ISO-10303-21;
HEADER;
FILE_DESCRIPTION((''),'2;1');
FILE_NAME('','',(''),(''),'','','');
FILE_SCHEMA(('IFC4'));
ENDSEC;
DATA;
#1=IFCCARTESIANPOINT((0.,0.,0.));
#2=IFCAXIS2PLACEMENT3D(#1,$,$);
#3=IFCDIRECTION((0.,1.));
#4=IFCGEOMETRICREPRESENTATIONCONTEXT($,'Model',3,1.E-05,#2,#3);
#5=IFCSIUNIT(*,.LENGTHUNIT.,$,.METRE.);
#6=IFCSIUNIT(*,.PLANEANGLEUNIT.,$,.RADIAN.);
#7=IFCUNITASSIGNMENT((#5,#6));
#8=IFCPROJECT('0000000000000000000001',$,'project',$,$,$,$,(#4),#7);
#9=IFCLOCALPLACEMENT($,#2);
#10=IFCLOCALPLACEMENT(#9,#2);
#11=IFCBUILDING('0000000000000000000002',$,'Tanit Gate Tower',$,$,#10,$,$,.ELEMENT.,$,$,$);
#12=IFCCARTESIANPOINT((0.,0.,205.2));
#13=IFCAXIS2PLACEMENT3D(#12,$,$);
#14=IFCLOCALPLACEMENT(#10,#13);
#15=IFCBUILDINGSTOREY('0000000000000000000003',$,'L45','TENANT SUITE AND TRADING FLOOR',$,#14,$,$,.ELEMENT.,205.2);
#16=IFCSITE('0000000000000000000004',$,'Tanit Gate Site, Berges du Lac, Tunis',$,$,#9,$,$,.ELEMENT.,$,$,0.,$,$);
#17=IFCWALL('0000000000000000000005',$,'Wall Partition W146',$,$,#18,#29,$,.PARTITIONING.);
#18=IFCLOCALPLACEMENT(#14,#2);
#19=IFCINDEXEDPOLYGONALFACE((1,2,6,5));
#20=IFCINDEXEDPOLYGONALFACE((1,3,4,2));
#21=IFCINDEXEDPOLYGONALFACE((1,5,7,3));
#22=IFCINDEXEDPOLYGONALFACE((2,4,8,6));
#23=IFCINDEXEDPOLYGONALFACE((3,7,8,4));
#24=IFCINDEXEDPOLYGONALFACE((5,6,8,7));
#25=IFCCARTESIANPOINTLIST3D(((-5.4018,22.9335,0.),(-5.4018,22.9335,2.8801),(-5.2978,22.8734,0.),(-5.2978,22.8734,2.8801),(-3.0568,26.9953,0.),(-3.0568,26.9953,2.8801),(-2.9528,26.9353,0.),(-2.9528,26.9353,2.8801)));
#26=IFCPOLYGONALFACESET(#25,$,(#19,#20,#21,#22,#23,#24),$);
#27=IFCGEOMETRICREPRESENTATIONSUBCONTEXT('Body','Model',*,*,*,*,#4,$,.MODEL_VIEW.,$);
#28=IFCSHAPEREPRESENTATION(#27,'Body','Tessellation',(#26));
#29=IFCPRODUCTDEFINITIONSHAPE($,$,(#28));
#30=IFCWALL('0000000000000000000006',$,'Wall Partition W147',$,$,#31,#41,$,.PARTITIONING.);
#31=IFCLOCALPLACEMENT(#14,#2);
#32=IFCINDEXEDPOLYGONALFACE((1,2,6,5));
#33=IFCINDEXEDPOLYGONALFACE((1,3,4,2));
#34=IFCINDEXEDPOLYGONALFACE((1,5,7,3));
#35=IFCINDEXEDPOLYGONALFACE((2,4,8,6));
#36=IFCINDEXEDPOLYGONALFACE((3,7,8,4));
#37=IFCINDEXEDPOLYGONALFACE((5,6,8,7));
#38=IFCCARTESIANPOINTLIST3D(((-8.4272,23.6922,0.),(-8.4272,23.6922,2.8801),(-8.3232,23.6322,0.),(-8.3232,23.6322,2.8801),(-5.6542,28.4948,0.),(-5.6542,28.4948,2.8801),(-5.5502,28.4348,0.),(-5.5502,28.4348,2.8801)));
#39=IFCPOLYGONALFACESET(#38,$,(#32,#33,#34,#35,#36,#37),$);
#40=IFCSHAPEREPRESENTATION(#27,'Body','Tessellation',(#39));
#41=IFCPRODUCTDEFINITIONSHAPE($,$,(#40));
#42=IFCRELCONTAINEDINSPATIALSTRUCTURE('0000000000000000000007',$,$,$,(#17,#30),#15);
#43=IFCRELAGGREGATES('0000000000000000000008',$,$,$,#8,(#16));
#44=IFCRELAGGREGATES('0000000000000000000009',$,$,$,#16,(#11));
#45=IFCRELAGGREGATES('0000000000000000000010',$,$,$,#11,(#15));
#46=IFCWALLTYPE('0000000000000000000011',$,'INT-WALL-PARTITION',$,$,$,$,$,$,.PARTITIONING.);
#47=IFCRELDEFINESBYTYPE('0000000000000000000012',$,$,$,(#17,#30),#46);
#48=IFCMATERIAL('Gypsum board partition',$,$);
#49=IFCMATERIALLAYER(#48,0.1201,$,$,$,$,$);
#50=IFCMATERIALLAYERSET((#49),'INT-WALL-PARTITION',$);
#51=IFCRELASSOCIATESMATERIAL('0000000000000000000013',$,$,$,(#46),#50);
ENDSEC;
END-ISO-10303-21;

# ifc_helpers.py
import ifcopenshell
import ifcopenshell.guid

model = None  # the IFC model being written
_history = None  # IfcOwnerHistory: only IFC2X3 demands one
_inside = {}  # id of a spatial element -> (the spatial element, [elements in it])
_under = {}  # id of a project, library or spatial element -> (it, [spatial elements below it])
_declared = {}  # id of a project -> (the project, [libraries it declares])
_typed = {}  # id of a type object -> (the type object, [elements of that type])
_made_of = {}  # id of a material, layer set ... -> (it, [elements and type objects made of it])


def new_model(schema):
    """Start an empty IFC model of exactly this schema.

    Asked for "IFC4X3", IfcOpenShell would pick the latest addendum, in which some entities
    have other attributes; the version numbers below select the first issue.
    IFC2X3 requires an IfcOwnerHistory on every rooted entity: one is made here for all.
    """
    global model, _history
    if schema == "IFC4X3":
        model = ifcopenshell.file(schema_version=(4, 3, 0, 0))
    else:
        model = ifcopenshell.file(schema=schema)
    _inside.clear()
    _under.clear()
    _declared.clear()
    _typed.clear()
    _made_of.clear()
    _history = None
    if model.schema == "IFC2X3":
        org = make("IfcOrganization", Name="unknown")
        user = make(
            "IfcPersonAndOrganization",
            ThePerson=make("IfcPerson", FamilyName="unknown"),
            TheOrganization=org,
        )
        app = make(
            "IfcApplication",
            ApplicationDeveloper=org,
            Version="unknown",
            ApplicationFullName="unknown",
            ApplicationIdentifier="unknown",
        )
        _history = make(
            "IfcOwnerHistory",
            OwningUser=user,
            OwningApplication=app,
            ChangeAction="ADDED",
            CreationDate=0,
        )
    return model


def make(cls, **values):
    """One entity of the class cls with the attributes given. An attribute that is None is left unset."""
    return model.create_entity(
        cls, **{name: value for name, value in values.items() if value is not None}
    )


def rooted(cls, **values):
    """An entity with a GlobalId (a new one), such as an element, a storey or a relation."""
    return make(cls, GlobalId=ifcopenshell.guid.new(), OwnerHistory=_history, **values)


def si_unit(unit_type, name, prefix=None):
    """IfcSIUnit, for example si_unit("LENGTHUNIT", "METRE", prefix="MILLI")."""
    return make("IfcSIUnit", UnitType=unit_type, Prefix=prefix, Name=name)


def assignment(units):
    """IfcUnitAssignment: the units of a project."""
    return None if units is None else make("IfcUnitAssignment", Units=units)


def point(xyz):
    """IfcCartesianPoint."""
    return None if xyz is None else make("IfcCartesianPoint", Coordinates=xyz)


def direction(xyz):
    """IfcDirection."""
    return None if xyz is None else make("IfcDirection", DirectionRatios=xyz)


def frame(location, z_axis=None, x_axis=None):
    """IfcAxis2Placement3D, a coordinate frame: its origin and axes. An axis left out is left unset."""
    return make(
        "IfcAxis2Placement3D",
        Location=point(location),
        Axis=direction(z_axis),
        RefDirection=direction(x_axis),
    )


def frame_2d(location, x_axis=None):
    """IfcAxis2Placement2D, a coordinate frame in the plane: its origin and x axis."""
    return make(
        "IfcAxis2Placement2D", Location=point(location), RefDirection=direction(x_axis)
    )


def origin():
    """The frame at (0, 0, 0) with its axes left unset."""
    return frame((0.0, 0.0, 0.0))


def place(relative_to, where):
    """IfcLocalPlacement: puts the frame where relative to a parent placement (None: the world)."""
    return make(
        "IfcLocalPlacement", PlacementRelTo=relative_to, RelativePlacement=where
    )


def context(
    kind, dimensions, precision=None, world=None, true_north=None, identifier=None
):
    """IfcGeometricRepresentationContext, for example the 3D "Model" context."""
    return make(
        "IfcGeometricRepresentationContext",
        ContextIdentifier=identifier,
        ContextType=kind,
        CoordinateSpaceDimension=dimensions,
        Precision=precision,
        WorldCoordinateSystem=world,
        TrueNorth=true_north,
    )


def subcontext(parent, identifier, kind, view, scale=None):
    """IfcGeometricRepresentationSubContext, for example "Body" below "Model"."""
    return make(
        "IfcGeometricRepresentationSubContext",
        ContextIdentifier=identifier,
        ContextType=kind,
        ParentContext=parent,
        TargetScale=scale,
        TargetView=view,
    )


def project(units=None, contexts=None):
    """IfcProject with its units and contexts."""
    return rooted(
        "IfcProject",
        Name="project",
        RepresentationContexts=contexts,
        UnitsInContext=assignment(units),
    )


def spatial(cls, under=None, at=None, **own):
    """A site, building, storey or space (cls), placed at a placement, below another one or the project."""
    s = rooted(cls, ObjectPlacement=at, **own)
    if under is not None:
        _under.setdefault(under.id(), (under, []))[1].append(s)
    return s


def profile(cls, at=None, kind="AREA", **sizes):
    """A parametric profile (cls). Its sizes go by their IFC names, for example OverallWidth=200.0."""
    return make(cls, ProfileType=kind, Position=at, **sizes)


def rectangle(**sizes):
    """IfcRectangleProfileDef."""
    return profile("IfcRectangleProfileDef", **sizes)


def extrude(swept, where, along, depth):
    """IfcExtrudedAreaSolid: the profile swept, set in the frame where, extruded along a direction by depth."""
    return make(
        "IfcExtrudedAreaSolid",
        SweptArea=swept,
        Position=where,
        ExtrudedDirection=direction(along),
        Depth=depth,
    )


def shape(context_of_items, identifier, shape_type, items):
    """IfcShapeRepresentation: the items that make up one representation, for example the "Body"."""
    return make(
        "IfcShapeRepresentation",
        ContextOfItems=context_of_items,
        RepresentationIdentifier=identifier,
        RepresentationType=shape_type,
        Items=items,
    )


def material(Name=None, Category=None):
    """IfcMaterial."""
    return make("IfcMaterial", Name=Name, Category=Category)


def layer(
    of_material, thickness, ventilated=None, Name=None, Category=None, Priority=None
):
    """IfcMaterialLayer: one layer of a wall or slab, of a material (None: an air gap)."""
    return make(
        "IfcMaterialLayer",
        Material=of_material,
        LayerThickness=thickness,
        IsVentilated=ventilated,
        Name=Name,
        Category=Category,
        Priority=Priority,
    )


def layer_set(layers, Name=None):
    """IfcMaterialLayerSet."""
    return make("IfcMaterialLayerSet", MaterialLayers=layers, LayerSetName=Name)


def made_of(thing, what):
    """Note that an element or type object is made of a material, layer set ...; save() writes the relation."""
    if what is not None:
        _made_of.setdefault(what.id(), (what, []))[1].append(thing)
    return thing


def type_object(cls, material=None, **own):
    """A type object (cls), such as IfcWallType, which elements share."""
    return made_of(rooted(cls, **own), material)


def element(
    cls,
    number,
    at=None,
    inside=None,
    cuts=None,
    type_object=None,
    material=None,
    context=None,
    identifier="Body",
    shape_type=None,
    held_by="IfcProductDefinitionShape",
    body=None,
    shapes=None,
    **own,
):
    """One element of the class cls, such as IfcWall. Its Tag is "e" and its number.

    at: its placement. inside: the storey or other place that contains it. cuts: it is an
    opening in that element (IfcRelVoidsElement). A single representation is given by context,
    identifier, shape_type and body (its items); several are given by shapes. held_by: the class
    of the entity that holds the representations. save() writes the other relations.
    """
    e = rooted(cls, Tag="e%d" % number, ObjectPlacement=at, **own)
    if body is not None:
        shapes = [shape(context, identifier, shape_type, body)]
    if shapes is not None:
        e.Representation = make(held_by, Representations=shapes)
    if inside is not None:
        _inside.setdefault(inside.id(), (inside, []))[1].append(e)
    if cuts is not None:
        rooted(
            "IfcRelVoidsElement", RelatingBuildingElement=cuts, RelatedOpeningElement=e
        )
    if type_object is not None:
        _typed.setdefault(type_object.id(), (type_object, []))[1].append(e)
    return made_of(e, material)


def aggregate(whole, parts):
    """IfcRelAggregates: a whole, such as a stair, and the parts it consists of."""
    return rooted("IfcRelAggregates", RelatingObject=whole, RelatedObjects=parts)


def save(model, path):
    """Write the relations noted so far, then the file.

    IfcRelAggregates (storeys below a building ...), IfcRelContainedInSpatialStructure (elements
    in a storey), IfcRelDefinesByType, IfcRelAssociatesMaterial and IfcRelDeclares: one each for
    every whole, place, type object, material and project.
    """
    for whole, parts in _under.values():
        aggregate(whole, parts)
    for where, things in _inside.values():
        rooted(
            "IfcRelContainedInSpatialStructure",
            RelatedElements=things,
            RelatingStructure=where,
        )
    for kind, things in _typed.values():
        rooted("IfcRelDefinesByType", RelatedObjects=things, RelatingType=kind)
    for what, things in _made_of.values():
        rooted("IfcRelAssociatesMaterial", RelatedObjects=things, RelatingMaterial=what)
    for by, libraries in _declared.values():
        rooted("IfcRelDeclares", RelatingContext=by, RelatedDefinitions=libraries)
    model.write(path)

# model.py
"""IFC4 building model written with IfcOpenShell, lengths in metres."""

from ifc_helpers import new_model, si_unit, direction, frame, frame_2d, origin, place, context, subcontext, project, spatial, rectangle, extrude, material, layer, layer_set, type_object, element, save


model = new_model("IFC4")

# Units and contexts
model_context = context("Model", 3, precision=1e-05, world=origin(), true_north=direction((0.0, 1.0)))
body_context = subcontext(model_context, "Body", "Model", "MODEL_VIEW")
ifc_project = project(units=[si_unit("LENGTHUNIT", "METRE"), si_unit("PLANEANGLEUNIT", "RADIAN")], contexts=[model_context])

# Site, building, storey
site_placement = place(None, origin())
site = spatial("IfcSite", under=ifc_project, at=site_placement, Name="Tanit Gate Site, Berges du Lac, Tunis", CompositionType="ELEMENT", RefElevation=0.0)
building_placement = place(site_placement, origin())
building = spatial("IfcBuilding", under=site, at=building_placement, Name="Tanit Gate Tower", CompositionType="ELEMENT")
storey_placement = place(building_placement, frame((0.0, 0.0, 205.2)))
storey = spatial("IfcBuildingStorey", under=building, at=storey_placement, Name="L45", Description="TENANT SUITE AND TRADING FLOOR", CompositionType="ELEMENT", Elevation=205.2)

# Shared definitions
ifc_material_1 = material(Name="Gypsum board partition")
ifc_layer_1 = layer(ifc_material_1, 0.1201)
ifc_layer_set_1 = layer_set([ifc_layer_1], Name="INT-WALL-PARTITION")
wall_type_1 = type_object("IfcWallType", Name="INT-WALL-PARTITION", PredefinedType="PARTITIONING", material=ifc_layer_set_1)

# Walls
wall_1_placement = place(storey_placement, frame((-5.3499, 22.9033, 0.0), z_axis=(0.0, 0.0, 1.0), x_axis=(0.499985, 0.866034, 0.0)))
element("IfcWall", 1, at=wall_1_placement, inside=storey, type_object=wall_type_1, Name="Wall Partition W146", PredefinedType="PARTITIONING", context=body_context, shape_type="SweptSolid", body=[
    extrude(rectangle(XDim=4.6902, YDim=0.1201, at=frame_2d((2.3452, 0.0))), origin(), (0.0, 0.0, 1.0), 2.8801),
])
wall_2_placement = place(storey_placement, frame((-8.3752, 23.6621, 0.0), z_axis=(0.0, 0.0, 1.0), x_axis=(0.500031, 0.866007, 0.0)))
element("IfcWall", 2, at=wall_2_placement, inside=storey, type_object=wall_type_1, Name="Wall Partition W147", PredefinedType="PARTITIONING", context=body_context, shape_type="SweptSolid", body=[
    extrude(rectangle(XDim=5.5457, YDim=0.1201, at=frame_2d((2.7729, 0.0))), origin(), (0.0, 0.0, 1.0), 2.8801),
])

save(model, "model.ifc")
